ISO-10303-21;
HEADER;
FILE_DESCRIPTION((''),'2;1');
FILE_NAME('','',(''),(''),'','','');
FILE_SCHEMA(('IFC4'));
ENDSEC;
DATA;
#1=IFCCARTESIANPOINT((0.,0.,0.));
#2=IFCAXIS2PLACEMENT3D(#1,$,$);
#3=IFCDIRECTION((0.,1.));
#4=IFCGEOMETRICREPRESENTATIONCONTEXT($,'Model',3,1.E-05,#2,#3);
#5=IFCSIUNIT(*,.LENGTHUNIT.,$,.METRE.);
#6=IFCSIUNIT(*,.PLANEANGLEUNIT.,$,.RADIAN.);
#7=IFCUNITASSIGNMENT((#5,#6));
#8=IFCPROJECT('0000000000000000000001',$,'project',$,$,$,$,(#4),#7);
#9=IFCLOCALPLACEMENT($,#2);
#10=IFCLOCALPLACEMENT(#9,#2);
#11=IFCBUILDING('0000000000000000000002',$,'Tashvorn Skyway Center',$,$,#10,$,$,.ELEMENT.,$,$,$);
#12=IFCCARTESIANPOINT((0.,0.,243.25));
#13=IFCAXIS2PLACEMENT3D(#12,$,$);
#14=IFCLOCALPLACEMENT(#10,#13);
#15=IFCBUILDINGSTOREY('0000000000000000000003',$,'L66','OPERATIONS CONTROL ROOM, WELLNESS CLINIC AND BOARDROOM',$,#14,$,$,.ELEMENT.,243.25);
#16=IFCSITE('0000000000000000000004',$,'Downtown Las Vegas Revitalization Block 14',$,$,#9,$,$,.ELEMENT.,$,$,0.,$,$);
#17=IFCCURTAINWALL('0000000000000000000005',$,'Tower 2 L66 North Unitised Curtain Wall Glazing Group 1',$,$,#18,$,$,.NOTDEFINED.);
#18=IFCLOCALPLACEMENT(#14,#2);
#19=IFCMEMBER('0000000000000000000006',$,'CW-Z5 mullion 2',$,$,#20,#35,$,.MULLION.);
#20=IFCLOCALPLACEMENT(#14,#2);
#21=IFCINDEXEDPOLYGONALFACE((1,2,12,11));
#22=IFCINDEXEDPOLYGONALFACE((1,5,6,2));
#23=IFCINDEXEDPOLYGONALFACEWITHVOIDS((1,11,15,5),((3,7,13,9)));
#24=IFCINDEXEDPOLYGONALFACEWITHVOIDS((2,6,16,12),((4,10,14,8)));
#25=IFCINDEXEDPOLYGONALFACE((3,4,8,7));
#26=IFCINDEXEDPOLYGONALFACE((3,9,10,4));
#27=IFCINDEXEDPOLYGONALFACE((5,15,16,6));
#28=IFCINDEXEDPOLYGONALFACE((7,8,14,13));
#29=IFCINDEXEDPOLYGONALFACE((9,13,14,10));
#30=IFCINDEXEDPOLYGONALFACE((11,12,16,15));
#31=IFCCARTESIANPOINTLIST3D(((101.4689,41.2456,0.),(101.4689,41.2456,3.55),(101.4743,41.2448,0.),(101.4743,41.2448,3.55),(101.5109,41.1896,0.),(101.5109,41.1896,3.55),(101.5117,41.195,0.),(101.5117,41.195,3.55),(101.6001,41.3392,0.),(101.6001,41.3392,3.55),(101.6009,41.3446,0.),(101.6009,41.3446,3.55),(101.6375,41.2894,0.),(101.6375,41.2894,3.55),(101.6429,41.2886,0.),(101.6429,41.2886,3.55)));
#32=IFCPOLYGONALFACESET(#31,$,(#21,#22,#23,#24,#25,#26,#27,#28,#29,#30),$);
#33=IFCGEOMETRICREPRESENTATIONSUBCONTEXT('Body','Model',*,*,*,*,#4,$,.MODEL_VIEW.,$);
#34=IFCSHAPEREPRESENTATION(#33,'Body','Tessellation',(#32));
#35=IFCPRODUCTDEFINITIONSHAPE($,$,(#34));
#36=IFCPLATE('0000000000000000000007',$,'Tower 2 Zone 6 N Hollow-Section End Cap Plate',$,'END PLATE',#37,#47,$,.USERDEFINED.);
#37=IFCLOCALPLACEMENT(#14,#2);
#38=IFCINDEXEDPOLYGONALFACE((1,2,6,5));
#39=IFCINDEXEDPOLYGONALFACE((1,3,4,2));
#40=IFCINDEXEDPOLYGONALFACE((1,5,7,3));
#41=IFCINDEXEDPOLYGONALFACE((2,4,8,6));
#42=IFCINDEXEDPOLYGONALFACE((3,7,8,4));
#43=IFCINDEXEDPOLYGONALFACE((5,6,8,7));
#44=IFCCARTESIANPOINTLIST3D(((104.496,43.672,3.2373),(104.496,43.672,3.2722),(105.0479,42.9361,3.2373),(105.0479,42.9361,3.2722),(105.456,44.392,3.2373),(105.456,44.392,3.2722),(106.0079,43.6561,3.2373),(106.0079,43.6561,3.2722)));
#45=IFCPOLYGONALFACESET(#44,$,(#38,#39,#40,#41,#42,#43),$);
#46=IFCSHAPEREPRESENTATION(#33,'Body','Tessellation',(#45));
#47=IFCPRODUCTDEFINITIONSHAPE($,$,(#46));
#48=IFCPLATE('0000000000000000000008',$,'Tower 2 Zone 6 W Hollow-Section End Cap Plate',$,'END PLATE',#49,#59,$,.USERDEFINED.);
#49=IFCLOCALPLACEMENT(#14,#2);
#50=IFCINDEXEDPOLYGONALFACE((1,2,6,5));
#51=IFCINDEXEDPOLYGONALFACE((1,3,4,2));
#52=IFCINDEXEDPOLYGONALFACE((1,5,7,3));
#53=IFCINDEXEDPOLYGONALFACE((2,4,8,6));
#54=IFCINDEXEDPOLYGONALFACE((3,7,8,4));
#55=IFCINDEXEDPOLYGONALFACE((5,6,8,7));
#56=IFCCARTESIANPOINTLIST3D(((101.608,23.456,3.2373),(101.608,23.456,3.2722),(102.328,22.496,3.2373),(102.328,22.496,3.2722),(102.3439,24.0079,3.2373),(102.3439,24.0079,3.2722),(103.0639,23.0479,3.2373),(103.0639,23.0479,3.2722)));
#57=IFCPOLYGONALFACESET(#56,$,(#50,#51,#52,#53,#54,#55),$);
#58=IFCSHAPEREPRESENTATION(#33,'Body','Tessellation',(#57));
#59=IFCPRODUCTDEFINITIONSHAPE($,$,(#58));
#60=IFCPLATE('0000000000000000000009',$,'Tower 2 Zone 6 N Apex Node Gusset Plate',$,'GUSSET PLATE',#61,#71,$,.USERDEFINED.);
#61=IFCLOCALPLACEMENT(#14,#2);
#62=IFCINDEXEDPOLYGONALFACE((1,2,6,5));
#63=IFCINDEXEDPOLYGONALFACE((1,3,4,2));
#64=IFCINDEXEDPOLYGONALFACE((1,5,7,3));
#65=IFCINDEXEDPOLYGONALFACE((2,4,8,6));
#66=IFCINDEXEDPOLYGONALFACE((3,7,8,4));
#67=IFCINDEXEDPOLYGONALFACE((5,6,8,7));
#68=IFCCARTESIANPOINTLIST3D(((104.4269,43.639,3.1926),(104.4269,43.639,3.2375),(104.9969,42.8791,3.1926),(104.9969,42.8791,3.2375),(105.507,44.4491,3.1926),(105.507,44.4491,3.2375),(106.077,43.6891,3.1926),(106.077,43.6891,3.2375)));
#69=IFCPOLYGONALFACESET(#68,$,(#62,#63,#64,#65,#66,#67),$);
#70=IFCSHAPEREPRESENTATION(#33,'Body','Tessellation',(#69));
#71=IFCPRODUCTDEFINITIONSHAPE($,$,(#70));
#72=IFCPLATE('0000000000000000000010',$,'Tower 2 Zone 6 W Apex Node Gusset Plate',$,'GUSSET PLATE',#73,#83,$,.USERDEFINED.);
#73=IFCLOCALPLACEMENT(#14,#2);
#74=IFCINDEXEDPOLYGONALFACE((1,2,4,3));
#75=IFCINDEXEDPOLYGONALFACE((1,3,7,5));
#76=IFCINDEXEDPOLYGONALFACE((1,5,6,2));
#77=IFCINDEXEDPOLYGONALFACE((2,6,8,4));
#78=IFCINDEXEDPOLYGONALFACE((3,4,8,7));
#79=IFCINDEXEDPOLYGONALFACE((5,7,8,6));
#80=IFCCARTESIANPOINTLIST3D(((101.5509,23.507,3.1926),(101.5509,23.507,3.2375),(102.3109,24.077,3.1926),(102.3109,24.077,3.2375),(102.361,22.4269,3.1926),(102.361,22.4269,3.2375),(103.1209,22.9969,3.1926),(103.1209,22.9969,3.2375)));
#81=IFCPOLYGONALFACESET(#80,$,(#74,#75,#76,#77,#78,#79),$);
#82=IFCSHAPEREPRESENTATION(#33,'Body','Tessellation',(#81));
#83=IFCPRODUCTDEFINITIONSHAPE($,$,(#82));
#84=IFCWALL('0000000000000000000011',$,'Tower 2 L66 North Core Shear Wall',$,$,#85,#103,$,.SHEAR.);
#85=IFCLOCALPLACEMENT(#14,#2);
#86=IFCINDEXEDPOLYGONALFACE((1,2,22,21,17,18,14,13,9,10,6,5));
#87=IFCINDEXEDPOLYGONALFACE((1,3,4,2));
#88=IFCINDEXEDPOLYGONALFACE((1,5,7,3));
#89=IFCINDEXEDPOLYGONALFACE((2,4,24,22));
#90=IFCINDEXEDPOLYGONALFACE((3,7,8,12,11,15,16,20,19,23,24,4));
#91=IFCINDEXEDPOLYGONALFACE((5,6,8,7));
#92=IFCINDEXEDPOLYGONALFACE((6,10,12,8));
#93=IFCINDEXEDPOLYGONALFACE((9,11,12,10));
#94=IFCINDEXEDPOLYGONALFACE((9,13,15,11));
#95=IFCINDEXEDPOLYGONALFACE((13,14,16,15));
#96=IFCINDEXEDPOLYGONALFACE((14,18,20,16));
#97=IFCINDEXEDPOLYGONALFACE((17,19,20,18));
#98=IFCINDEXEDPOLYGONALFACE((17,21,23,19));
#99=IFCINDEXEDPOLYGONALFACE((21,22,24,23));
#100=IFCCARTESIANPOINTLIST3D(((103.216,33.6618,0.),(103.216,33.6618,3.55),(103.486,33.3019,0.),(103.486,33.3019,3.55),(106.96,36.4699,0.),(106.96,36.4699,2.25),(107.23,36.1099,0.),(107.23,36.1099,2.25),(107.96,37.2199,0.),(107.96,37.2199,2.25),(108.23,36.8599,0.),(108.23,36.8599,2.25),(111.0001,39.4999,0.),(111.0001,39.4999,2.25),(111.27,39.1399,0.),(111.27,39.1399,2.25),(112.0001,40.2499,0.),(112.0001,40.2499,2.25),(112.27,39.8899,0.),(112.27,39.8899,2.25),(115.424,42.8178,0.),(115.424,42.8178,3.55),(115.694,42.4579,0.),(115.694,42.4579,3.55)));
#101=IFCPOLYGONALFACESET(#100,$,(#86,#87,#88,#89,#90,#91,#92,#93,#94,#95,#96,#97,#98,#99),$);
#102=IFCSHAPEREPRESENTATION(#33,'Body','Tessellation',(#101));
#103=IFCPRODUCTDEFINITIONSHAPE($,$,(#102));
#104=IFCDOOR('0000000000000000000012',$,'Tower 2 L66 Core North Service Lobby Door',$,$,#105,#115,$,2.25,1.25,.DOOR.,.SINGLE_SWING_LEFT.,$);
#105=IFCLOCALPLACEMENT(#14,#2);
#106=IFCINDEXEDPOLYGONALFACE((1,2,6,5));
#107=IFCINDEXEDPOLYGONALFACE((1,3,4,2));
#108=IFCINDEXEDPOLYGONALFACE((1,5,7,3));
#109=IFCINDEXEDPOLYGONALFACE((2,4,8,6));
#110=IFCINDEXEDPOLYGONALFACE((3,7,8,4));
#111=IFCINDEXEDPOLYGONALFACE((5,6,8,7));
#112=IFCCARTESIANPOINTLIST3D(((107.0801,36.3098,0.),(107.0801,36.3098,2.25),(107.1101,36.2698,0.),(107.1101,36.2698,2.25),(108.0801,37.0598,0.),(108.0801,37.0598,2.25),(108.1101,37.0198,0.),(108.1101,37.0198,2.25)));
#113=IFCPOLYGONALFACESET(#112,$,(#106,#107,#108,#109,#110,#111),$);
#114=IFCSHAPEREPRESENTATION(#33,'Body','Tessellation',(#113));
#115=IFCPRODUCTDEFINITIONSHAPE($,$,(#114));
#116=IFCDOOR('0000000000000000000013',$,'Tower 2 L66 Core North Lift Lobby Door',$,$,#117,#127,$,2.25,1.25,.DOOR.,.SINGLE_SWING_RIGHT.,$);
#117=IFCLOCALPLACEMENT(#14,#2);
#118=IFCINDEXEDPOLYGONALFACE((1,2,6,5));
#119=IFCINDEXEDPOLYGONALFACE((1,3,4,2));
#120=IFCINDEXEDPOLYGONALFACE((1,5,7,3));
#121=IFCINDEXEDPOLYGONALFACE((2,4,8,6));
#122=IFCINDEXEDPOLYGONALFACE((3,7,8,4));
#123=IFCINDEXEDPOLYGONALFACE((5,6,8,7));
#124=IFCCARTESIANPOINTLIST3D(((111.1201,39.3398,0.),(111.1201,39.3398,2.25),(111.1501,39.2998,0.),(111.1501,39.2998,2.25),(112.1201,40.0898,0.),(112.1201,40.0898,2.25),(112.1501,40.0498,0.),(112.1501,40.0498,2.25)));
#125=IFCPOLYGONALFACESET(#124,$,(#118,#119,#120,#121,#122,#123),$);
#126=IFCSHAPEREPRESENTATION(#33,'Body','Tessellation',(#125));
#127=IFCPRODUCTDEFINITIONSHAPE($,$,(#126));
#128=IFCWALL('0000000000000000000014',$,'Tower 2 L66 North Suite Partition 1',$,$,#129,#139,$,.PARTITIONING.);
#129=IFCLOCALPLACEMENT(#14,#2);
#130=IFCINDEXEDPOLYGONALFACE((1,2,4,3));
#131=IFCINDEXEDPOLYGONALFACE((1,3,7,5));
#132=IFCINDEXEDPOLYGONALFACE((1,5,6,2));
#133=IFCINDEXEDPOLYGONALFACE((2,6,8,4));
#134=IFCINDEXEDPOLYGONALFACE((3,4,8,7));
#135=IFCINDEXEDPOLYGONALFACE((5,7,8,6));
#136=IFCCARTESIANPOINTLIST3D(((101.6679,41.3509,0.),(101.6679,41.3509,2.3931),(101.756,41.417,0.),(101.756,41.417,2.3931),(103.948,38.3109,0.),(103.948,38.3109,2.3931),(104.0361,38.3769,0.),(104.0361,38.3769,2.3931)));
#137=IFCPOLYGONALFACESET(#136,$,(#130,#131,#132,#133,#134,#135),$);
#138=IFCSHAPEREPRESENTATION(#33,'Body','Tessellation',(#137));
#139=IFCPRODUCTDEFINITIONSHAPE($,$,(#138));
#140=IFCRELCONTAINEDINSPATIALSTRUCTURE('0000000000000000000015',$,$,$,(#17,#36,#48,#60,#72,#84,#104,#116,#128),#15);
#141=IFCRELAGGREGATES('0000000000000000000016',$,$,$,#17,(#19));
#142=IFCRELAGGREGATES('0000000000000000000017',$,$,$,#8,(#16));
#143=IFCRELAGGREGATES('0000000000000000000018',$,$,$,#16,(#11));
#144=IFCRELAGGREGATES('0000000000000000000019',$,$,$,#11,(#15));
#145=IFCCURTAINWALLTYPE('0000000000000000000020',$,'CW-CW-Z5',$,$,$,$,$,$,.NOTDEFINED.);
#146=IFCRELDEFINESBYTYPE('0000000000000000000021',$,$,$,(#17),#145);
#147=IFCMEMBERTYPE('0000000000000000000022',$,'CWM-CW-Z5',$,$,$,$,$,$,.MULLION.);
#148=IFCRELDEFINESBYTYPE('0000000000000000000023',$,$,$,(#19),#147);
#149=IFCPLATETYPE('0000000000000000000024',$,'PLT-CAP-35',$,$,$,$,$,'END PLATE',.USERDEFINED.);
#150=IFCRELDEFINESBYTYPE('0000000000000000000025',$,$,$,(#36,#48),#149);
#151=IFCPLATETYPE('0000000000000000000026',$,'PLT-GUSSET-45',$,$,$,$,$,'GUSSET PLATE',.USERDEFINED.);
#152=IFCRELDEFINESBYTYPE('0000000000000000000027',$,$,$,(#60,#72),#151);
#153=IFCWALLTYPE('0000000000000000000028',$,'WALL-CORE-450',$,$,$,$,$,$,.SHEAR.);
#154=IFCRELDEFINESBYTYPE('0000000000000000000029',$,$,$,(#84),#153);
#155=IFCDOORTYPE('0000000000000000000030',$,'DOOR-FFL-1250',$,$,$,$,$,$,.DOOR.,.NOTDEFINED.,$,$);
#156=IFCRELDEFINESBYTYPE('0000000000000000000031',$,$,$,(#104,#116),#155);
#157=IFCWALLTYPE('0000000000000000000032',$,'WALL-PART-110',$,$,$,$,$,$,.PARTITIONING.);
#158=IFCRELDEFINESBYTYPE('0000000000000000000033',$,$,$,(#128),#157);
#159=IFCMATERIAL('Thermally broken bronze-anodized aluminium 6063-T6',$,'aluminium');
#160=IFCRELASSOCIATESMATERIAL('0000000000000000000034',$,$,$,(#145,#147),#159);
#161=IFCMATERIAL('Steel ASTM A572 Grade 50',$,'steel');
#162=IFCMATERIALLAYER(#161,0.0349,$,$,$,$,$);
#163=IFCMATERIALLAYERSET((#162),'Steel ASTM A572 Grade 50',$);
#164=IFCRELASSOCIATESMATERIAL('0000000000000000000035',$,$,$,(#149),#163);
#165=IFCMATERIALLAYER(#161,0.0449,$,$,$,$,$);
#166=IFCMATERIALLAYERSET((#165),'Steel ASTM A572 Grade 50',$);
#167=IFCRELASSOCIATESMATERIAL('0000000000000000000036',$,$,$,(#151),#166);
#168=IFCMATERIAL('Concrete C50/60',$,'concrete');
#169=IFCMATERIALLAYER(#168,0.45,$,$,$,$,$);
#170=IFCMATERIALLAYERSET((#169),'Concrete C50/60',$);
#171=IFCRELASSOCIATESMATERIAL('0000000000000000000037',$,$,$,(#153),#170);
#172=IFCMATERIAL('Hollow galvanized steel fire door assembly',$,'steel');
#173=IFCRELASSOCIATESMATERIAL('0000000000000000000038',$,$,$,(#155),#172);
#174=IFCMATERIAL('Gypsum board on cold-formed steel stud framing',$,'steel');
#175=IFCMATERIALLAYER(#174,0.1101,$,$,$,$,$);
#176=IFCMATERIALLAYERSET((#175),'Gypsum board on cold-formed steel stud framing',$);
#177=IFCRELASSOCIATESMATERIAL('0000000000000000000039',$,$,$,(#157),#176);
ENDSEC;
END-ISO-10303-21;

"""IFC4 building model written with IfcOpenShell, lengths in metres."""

from ifc_helpers import new_model, si_unit, direction, frame, frame_2d, origin, origin_2d, place, context, subcontext, project, spatial, rectangle, hollow_rectangle, extrude, material, layer, layer_set, material_profile, profile_set, type_object, element, fill, aggregate, save


model = new_model("IFC4")

# Units and contexts
model_context = context("Model", 3, precision=1e-05, world=origin(), true_north=direction((0.0, 1.0)))
body_context = subcontext(model_context, "Body", "Model", "MODEL_VIEW")
ifc_project = project(units=[si_unit("LENGTHUNIT", "METRE"), si_unit("PLANEANGLEUNIT", "RADIAN")], contexts=[model_context])

# Site, building, storey
site_placement = place(None, origin())
site = spatial("IfcSite", under=ifc_project, at=site_placement, Name="Downtown Las Vegas Revitalization Block 14", CompositionType="ELEMENT", RefElevation=0.0)
building_placement = place(site_placement, origin())
building = spatial("IfcBuilding", under=site, at=building_placement, Name="Tashvorn Skyway Center", CompositionType="ELEMENT")
storey_placement = place(building_placement, frame((0.0, 0.0, 243.25)))
storey = spatial("IfcBuildingStorey", under=building, at=storey_placement, Name="L66", Description="OPERATIONS CONTROL ROOM, WELLNESS CLINIC AND BOARDROOM", CompositionType="ELEMENT", Elevation=243.25)

# Shared definitions
ifc_material_1 = material(Name="Steel ASTM A572 Grade 50", Category="steel")

# Curtain wall, member
ifc_material_2 = material(Name="Thermally broken bronze-anodized aluminium 6063-T6", Category="aluminium")
curtain_wall_type = type_object("IfcCurtainWallType", Name="CW-CW-Z5", PredefinedType="NOTDEFINED", material=ifc_material_2)
ifc_material_profile_1 = material_profile(ifc_material_2, hollow_rectangle(XDim=0.0701, YDim=0.165, WallThickness=0.0039, at=origin_2d()), Name="ALU-MULL-70x165")
ifc_profile_set_1 = profile_set([ifc_material_profile_1], Name="Thermally broken bronze-anodized aluminium 6063-T6")
member_type = type_object("IfcMemberType", Name="CWM-CW-Z5", PredefinedType="MULLION", material=ifc_profile_set_1)
curtain_wall_1_placement = place(storey_placement, origin())
curtain_wall_1 = element("IfcCurtainWall", 1, at=curtain_wall_1_placement, inside=storey, type_object=curtain_wall_type, Name="Tower 2 L66 North Unitised Curtain Wall Glazing Group 1", PredefinedType="NOTDEFINED")
member_1_placement = place(storey_placement, frame((101.5559, 41.2671, 0.0), z_axis=(0.0, 0.0, 1.0), x_axis=(-0.6, 0.8, 0.0)))
member_1 = element("IfcMember", 2, at=member_1_placement, type_object=member_type, Name="CW-Z5 mullion 2", PredefinedType="MULLION", context=body_context, shape_type="SweptSolid", body=[
    extrude(hollow_rectangle(XDim=0.0701, YDim=0.165, WallThickness=0.0039, at=origin_2d()), origin(), (0.0, 0.0, 1.0), 3.55),
])
aggregate(curtain_wall_1, [member_1])

# Plates
ifc_layer_1 = layer(ifc_material_1, 0.0349)
ifc_layer_set_1 = layer_set([ifc_layer_1], Name="Steel ASTM A572 Grade 50")
plate_type_1 = type_object("IfcPlateType", Name="PLT-CAP-35", ElementType="END PLATE", PredefinedType="USERDEFINED", material=ifc_layer_set_1)
for number, where, z_axis, x_axis, name in (
    (3, (105.252, 43.6641, 3.2373), (0.0, 0.0, 1.0), (-0.8, -0.6, 0.0), "Tower 2 Zone 6 N Hollow-Section End Cap Plate"),
    (4, (102.3359, 23.252, 3.2373), (0.0, 0.0, 1.0), (0.6, -0.8, 0.0), "Tower 2 Zone 6 W Hollow-Section End Cap Plate"),
):
    element("IfcPlate", number, at=place(storey_placement, frame(where, z_axis=z_axis, x_axis=x_axis)), inside=storey, type_object=plate_type_1, Name=name, ObjectType="END PLATE", PredefinedType="USERDEFINED", context=body_context, shape_type="SweptSolid", body=[
        extrude(rectangle(XDim=1.2, YDim=0.9199, at=origin_2d()), origin(), (0.0, 0.0, 1.0), 0.0349),
    ])
ifc_layer_2 = layer(ifc_material_1, 0.0449)
ifc_layer_set_2 = layer_set([ifc_layer_2], Name="Steel ASTM A572 Grade 50")
plate_type_2 = type_object("IfcPlateType", Name="PLT-GUSSET-45", ElementType="GUSSET PLATE", PredefinedType="USERDEFINED", material=ifc_layer_set_2)
for number, where, z_axis, x_axis, name in (
    (5, (105.252, 43.6641, 3.1926), (0.0, 0.0, 1.0), (-0.8, -0.6, 0.0), "Tower 2 Zone 6 N Apex Node Gusset Plate"),
    (6, (102.3359, 23.252, 3.1926), (0.0, 0.0, 1.0), (0.6, -0.8, 0.0), "Tower 2 Zone 6 W Apex Node Gusset Plate"),
):
    element("IfcPlate", number, at=place(storey_placement, frame(where, z_axis=z_axis, x_axis=x_axis)), inside=storey, type_object=plate_type_2, Name=name, ObjectType="GUSSET PLATE", PredefinedType="USERDEFINED", context=body_context, shape_type="SweptSolid", body=[
        extrude(rectangle(XDim=1.3501, YDim=0.95, at=origin_2d()), origin(), (0.0, 0.0, 1.0), 0.0449),
    ])

# Wall, openings, doors
ifc_material_3 = material(Name="Concrete C50/60", Category="concrete")
ifc_layer_3 = layer(ifc_material_3, 0.45)
ifc_layer_set_3 = layer_set([ifc_layer_3], Name="Concrete C50/60")
wall_type_1 = type_object("IfcWallType", Name="WALL-CORE-450", PredefinedType="SHEAR", material=ifc_layer_set_3)
wall_1_placement = place(storey_placement, frame((103.3511, 33.4819, 0.0), z_axis=(0.0, 0.0, 1.0), x_axis=(0.8, 0.6, 0.0)))
wall_1 = element("IfcWall", 7, at=wall_1_placement, inside=storey, type_object=wall_type_1, Name="Tower 2 L66 North Core Shear Wall", PredefinedType="SHEAR", context=body_context, shape_type="SweptSolid", body=[
    extrude(rectangle(XDim=15.26, YDim=0.45, at=frame_2d((7.6299, 0.0))), origin(), (0.0, 0.0, 1.0), 3.55),
])
opening_1_placement = place(wall_1_placement, frame((4.6799, 0.0, 0.0)))
opening_1 = element("IfcOpeningElement", 8, at=opening_1_placement, cuts=wall_1, PredefinedType="OPENING", context=body_context, shape_type="SweptSolid", body=[
    extrude(rectangle(XDim=1.25, YDim=2.25, at=frame_2d((0.625, 1.125))), frame((0.0, 0.2349, 0.0), z_axis=(0.0, -1.0, 0.0), x_axis=(1.0, 0.0, 0.0)), (0.0, 0.0, 1.0), 0.47),
])
opening_2_placement = place(wall_1_placement, frame((9.73, 0.0, 0.0)))
opening_2 = element("IfcOpeningElement", 9, at=opening_2_placement, cuts=wall_1, PredefinedType="OPENING", context=body_context, shape_type="SweptSolid", body=[
    extrude(rectangle(XDim=1.25, YDim=2.25, at=frame_2d((0.625, 1.125))), frame((0.0, 0.2349, 0.0), z_axis=(0.0, -1.0, 0.0), x_axis=(1.0, 0.0, 0.0)), (0.0, 0.0, 1.0), 0.47),
])
ifc_material_4 = material(Name="Hollow galvanized steel fire door assembly", Category="steel")
door_type_1 = type_object("IfcDoorType", Name="DOOR-FFL-1250", OperationType="NOTDEFINED", PredefinedType="DOOR", material=ifc_material_4)
door_1_placement = place(opening_1_placement, origin())
door_1 = element("IfcDoor", 10, at=door_1_placement, inside=storey, type_object=door_type_1, Name="Tower 2 L66 Core North Service Lobby Door", OperationType="SINGLE_SWING_LEFT", OverallHeight=2.25, OverallWidth=1.25, PredefinedType="DOOR", context=body_context, shape_type="SweptSolid", body=[
    extrude(rectangle(XDim=1.25, YDim=2.25, at=frame_2d((0.625, 1.125))), frame((0.0, 0.0249, 0.0), z_axis=(0.0, -1.0, 0.0), x_axis=(1.0, 0.0, 0.0)), (0.0, 0.0, 1.0), 0.05),
])
fill(opening_1, door_1)
door_2_placement = place(opening_2_placement, origin())
door_2 = element("IfcDoor", 11, at=door_2_placement, inside=storey, type_object=door_type_1, Name="Tower 2 L66 Core North Lift Lobby Door", OperationType="SINGLE_SWING_RIGHT", OverallHeight=2.25, OverallWidth=1.25, PredefinedType="DOOR", context=body_context, shape_type="SweptSolid", body=[
    extrude(rectangle(XDim=1.25, YDim=2.25, at=frame_2d((0.625, 1.125))), frame((0.0, 0.0249, 0.0), z_axis=(0.0, -1.0, 0.0), x_axis=(1.0, 0.0, 0.0)), (0.0, 0.0, 1.0), 0.05),
])
fill(opening_2, door_2)

# Wall
ifc_material_5 = material(Name="Gypsum board on cold-formed steel stud framing", Category="steel")
ifc_layer_4 = layer(ifc_material_5, 0.1101)
ifc_layer_set_4 = layer_set([ifc_layer_4], Name="Gypsum board on cold-formed steel stud framing")
wall_type_2 = type_object("IfcWallType", Name="WALL-PART-110", PredefinedType="PARTITIONING", material=ifc_layer_set_4)
wall_2_placement = place(storey_placement, frame((103.9919, 38.344, 0.0), z_axis=(0.0, 0.0, 1.0), x_axis=(-0.6, 0.8, 0.0)))
element("IfcWall", 12, at=wall_2_placement, inside=storey, type_object=wall_type_2, Name="Tower 2 L66 North Suite Partition 1", PredefinedType="PARTITIONING", context=body_context, shape_type="SweptSolid", body=[
    extrude(rectangle(XDim=3.8, YDim=0.1101, at=frame_2d((1.8999, 0.0))), origin(), (0.0, 0.0, 1.0), 2.3931),
])

save(model, "model.ifc")
